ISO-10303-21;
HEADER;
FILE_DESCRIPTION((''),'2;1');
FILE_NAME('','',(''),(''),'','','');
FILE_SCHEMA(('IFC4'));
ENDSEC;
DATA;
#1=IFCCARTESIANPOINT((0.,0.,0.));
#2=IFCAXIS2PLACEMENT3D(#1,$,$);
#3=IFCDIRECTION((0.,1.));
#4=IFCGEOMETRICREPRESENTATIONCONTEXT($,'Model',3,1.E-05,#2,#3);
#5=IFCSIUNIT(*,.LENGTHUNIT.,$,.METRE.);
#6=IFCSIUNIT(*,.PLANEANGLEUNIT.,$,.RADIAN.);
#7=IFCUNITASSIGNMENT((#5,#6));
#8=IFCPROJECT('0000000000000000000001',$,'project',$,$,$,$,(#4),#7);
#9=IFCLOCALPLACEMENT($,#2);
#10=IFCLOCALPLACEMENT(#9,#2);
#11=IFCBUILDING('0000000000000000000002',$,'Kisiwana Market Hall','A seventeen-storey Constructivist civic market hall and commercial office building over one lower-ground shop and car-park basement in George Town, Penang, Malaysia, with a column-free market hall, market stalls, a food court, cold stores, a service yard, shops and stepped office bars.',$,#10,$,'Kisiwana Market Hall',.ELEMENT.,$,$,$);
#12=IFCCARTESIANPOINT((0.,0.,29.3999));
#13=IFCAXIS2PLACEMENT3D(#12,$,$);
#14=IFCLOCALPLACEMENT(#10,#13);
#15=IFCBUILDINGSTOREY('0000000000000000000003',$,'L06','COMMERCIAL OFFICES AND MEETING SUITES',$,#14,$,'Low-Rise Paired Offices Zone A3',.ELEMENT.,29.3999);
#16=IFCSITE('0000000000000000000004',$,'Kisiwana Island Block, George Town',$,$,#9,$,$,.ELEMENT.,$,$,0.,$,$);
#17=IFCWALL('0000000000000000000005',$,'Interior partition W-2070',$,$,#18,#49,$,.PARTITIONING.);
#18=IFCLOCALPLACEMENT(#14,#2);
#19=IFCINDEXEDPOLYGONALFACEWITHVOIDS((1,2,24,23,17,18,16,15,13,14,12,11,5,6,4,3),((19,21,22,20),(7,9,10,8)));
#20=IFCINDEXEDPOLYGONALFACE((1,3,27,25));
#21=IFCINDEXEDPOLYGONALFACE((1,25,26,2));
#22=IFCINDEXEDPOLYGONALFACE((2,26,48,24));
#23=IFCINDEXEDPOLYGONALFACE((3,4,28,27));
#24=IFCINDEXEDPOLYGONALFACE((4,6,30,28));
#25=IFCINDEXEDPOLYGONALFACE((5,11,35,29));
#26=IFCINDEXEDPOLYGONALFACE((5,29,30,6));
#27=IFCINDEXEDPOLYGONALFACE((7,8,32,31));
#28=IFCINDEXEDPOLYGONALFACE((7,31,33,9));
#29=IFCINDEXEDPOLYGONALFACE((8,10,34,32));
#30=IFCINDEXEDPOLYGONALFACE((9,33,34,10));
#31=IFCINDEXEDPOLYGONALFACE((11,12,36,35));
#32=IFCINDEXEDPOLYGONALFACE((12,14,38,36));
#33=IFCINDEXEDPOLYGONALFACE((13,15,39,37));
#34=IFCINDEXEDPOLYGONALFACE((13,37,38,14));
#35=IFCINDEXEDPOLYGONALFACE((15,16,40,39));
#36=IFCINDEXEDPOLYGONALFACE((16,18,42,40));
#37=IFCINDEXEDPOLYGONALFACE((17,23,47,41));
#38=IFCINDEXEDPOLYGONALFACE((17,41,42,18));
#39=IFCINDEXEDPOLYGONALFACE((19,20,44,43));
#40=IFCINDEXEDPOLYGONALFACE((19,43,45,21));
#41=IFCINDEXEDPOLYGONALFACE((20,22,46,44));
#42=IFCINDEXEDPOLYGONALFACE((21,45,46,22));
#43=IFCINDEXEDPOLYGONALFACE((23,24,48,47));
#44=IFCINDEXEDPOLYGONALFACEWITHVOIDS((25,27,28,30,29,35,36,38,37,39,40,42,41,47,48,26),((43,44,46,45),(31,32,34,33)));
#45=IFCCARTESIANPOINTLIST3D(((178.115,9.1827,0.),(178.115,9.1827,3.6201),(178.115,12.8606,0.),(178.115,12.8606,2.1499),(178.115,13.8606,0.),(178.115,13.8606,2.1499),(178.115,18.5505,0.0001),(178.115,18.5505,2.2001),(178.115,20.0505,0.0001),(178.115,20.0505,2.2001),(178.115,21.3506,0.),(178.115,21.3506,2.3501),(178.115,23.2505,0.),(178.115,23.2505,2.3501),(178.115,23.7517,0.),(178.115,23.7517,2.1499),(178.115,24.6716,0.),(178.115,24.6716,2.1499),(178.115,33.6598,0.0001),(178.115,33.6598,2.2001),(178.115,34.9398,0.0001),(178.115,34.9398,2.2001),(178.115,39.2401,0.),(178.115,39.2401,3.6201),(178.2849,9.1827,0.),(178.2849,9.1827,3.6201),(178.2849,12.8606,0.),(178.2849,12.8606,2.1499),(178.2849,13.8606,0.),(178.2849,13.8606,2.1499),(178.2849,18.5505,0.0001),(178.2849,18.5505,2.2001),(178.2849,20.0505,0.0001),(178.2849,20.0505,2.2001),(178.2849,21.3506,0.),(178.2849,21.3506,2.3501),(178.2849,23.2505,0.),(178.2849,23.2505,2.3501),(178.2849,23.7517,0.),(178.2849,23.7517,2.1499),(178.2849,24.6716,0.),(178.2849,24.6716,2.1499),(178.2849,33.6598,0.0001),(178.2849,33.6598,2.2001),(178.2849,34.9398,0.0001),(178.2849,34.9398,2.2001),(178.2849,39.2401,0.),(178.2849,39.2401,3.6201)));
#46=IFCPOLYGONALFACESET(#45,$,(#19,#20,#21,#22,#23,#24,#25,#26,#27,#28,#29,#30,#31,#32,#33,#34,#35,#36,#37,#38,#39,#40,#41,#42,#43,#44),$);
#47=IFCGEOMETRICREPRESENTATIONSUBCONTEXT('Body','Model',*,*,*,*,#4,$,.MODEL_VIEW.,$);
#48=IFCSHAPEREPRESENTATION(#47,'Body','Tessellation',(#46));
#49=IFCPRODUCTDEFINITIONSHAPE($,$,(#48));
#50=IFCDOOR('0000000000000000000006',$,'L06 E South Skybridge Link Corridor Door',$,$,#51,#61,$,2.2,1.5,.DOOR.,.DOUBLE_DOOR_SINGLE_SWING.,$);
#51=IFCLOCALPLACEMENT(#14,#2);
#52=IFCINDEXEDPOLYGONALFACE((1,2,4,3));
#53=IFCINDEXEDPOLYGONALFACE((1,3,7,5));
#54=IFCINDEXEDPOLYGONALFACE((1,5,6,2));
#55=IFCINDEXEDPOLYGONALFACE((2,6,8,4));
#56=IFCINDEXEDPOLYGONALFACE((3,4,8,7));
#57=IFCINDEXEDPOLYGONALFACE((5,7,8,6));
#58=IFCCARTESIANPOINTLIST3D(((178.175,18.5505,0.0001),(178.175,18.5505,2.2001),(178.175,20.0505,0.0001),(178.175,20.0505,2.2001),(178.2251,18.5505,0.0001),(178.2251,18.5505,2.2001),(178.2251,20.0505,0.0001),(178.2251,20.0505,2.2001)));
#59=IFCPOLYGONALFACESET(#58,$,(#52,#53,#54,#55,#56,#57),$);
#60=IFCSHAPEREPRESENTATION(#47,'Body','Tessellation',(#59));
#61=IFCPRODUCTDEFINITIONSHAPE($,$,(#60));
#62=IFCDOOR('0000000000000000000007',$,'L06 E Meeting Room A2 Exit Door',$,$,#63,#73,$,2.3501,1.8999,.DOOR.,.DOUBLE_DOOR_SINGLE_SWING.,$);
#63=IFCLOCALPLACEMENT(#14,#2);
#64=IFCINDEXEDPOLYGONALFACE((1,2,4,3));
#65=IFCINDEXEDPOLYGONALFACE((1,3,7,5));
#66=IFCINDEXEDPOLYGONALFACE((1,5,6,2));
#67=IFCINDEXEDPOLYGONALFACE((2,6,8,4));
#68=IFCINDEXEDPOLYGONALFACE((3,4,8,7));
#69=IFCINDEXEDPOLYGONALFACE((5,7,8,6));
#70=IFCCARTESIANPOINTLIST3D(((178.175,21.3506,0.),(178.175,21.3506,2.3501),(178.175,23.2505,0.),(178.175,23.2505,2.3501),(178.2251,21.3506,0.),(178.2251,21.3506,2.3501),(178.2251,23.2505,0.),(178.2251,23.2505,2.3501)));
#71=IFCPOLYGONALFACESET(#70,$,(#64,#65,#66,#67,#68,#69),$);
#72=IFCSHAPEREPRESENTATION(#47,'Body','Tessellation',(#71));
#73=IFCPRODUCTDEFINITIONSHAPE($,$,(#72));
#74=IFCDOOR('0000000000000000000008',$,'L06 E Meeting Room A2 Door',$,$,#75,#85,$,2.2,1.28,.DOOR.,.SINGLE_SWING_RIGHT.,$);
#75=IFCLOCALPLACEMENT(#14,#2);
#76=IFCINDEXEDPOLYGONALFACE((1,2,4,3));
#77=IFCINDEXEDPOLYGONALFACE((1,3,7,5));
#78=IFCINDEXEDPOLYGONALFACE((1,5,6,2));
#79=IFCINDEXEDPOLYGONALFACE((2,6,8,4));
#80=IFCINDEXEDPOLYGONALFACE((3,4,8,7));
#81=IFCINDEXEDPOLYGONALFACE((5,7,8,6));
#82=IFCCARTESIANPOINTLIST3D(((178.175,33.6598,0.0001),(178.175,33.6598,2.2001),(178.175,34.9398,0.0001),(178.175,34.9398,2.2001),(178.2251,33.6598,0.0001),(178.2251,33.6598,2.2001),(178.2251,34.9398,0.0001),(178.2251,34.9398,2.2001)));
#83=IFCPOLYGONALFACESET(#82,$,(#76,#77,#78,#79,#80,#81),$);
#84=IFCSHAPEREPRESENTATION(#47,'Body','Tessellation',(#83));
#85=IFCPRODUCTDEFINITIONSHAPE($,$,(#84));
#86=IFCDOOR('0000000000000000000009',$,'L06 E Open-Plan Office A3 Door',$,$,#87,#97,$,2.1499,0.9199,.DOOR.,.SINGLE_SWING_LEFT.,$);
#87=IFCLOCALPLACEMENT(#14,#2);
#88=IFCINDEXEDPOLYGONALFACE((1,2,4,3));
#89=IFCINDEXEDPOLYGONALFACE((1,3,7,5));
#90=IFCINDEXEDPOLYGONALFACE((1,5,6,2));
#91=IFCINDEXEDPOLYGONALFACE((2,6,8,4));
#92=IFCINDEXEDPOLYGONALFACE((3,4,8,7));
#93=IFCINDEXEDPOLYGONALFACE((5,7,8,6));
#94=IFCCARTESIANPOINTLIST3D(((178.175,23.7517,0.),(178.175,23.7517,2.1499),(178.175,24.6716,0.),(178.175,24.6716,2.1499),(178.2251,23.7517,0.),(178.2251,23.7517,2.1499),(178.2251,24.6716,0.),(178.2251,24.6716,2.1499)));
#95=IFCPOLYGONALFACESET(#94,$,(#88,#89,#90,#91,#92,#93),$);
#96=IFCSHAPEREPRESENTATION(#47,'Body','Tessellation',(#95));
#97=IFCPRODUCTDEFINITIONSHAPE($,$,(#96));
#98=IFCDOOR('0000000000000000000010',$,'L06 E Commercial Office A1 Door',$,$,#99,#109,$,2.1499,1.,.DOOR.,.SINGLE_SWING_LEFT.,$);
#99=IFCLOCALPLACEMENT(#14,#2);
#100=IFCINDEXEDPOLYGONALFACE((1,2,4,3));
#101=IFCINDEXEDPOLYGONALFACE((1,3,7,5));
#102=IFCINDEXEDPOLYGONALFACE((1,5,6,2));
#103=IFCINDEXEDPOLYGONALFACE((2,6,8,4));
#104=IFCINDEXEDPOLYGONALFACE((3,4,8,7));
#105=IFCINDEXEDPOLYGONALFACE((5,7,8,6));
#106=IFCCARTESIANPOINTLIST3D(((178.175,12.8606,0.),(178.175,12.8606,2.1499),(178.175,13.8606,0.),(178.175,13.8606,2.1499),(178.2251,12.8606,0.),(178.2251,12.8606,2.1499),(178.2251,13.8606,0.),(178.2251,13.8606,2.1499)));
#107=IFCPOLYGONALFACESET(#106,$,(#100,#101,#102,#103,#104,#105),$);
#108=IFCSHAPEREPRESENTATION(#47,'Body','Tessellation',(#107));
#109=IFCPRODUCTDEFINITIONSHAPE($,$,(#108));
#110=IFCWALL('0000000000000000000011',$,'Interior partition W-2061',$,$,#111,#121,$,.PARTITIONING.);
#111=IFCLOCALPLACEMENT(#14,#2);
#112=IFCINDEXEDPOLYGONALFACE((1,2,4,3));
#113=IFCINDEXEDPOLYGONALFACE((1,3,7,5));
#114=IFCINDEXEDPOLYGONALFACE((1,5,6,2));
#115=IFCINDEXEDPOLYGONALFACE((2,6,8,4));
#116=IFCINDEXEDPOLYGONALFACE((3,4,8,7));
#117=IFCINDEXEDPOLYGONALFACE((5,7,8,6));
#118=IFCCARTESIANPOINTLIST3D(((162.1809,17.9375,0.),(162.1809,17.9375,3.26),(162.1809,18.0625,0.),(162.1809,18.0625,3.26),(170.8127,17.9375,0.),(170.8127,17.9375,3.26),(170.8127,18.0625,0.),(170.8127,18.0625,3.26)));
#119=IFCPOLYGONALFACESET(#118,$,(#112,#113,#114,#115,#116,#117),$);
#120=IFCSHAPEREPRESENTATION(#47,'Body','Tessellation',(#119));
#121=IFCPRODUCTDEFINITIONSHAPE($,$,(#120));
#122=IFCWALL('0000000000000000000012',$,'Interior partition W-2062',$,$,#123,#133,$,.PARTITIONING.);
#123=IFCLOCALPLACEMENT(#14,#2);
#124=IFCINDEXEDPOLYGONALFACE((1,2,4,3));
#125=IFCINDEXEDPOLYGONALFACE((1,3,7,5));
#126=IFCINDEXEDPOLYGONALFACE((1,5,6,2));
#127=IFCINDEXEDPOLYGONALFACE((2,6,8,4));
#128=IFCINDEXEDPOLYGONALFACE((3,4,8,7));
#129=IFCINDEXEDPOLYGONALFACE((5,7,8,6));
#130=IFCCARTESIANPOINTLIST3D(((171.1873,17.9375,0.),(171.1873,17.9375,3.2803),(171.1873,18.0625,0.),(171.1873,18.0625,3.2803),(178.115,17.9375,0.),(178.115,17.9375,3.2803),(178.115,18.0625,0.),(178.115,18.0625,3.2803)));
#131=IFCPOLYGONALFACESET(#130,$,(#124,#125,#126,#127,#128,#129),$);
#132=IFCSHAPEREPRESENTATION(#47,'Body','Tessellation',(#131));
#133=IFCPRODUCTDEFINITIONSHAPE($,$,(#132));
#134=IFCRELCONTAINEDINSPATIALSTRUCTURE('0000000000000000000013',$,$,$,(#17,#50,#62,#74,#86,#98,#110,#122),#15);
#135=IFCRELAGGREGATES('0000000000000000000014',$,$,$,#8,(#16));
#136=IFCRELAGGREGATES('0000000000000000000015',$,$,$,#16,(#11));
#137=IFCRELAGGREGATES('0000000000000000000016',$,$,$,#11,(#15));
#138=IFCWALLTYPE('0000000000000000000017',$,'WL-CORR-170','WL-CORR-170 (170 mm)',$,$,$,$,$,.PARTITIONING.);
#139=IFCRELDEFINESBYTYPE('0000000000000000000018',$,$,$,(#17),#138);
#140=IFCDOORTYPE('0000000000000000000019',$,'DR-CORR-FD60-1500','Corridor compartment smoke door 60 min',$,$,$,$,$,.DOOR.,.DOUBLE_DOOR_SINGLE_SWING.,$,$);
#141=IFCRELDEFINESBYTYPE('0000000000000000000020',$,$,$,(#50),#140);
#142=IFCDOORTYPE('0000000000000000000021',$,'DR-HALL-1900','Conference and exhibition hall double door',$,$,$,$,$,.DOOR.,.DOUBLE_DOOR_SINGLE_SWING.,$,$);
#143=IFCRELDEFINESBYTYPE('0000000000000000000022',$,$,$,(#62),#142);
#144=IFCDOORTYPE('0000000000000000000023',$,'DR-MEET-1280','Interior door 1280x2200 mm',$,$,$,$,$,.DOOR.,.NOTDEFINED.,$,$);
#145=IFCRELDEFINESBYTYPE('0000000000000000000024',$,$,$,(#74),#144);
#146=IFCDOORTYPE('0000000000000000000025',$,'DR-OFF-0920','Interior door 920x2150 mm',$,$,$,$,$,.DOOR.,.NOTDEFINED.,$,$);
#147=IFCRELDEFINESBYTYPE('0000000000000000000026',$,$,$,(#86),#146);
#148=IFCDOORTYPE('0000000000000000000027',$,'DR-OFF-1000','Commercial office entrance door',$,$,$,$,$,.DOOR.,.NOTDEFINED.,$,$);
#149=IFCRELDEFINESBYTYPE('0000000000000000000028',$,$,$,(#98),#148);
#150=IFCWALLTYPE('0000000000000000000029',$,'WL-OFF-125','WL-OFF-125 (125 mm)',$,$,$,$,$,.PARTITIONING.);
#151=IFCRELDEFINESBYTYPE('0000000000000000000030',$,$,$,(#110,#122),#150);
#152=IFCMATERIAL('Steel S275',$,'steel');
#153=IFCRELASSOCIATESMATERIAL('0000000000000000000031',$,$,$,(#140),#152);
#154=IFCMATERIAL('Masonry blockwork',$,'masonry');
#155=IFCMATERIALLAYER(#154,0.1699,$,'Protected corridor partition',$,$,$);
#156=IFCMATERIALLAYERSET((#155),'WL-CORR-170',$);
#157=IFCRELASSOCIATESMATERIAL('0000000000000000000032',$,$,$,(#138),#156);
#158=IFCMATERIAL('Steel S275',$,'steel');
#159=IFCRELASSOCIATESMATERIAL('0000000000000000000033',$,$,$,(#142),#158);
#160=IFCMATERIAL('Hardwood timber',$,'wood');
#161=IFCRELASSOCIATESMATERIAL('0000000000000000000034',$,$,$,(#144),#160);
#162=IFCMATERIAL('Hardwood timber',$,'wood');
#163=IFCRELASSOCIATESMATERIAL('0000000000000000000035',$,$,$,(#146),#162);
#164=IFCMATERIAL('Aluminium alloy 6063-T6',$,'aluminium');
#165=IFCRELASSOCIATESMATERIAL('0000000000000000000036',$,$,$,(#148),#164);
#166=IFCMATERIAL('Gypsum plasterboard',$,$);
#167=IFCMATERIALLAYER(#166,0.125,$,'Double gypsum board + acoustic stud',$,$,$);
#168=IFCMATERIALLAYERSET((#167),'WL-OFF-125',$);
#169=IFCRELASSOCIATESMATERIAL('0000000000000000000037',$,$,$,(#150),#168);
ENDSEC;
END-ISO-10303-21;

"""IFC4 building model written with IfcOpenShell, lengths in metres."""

from ifc_helpers import new_model, si_unit, direction, frame, frame_2d, origin, place, context, subcontext, project, spatial, rectangle, extrude, material, layer, layer_set, type_object, element, fill, save


model = new_model("IFC4")

# Units and contexts
model_context = context("Model", 3, precision=1e-05, world=origin(), true_north=direction((0.0, 1.0)))
body_context = subcontext(model_context, "Body", "Model", "MODEL_VIEW")
ifc_project = project(units=[si_unit("LENGTHUNIT", "METRE"), si_unit("PLANEANGLEUNIT", "RADIAN")], contexts=[model_context])

# Site, building, storey
site_placement = place(None, origin())
site = spatial("IfcSite", under=ifc_project, at=site_placement, Name="Kisiwana Island Block, George Town", CompositionType="ELEMENT", RefElevation=0.0)
building_placement = place(site_placement, origin())
building = spatial("IfcBuilding", under=site, at=building_placement, Name="Kisiwana Market Hall", Description="A seventeen-storey Constructivist civic market hall and commercial office building over one lower-ground shop and car-park basement in George Town, Penang, Malaysia, with a column-free market hall, market stalls, a food court, cold stores, a service yard, shops and stepped office bars.", LongName="Kisiwana Market Hall", CompositionType="ELEMENT")
storey_placement = place(building_placement, frame((0.0, 0.0, 29.3999)))
storey = spatial("IfcBuildingStorey", under=building, at=storey_placement, Name="L06", Description="COMMERCIAL OFFICES AND MEETING SUITES", LongName="Low-Rise Paired Offices Zone A3", CompositionType="ELEMENT", Elevation=29.3999)

# Shared definitions
ifc_material_1 = material(Name="Steel S275", Category="steel")
door_type_1 = type_object("IfcDoorType", Name="DR-CORR-FD60-1500", Description="Corridor compartment smoke door 60 min", OperationType="DOUBLE_DOOR_SINGLE_SWING", PredefinedType="DOOR", material=ifc_material_1)
ifc_material_2 = material(Name="Masonry blockwork", Category="masonry")
ifc_layer_1 = layer(ifc_material_2, 0.1699, Name="Protected corridor partition")
ifc_layer_set_1 = layer_set([ifc_layer_1], Name="WL-CORR-170")
wall_type_1 = type_object("IfcWallType", Name="WL-CORR-170", Description="WL-CORR-170 (170 mm)", PredefinedType="PARTITIONING", material=ifc_layer_set_1)

# Wall, openings, doors
wall_1_placement = place(storey_placement, frame((178.2, 9.1826, 0.0), z_axis=(0.0, 0.0, 1.0), x_axis=(0.0, 1.0, 0.0)))
wall_1 = element("IfcWall", 1, at=wall_1_placement, inside=storey, type_object=wall_type_1, Name="Interior partition W-2070", PredefinedType="PARTITIONING", context=body_context, shape_type="SweptSolid", body=[
    extrude(rectangle(XDim=30.0574, YDim=0.1699, at=frame_2d((15.0288, 0.0))), origin(), (0.0, 0.0, 1.0), 3.6201),
])
opening_1_placement = place(wall_1_placement, frame((3.678, 0.0, 0.0)))
opening_1 = element("IfcOpeningElement", 2, at=opening_1_placement, cuts=wall_1, PredefinedType="OPENING", context=body_context, shape_type="SweptSolid", body=[
    extrude(rectangle(XDim=1.0, YDim=2.1499, at=frame_2d((0.5, 1.075))), frame((0.0, 0.0969, 0.0), z_axis=(0.0, -1.0, 0.0), x_axis=(1.0, 0.0, 0.0)), (0.0, 0.0, 1.0), 0.1938),
])
opening_2_placement = place(wall_1_placement, frame((9.3679, 0.0, 0.0)))
opening_2 = element("IfcOpeningElement", 3, at=opening_2_placement, cuts=wall_1, PredefinedType="OPENING", context=body_context, shape_type="SweptSolid", body=[
    extrude(rectangle(XDim=1.5, YDim=2.2, at=frame_2d((0.75, 1.1001))), frame((0.0, 0.0969, 0.0), z_axis=(0.0, -1.0, 0.0), x_axis=(1.0, 0.0, 0.0)), (0.0, 0.0, 1.0), 0.1938),
])
opening_3_placement = place(wall_1_placement, frame((24.4771, 0.0, 0.0)))
opening_3 = element("IfcOpeningElement", 4, at=opening_3_placement, cuts=wall_1, PredefinedType="OPENING", context=body_context, shape_type="SweptSolid", body=[
    extrude(rectangle(XDim=1.28, YDim=2.2, at=frame_2d((0.6401, 1.1001))), frame((0.0, 0.0969, 0.0), z_axis=(0.0, -1.0, 0.0), x_axis=(1.0, 0.0, 0.0)), (0.0, 0.0, 1.0), 0.1938),
])
opening_4_placement = place(wall_1_placement, frame((14.5691, 0.0, 0.0)))
opening_4 = element("IfcOpeningElement", 5, at=opening_4_placement, cuts=wall_1, PredefinedType="OPENING", context=body_context, shape_type="SweptSolid", body=[
    extrude(rectangle(XDim=0.9199, YDim=2.1499, at=frame_2d((0.46, 1.075))), frame((0.0, 0.0969, 0.0), z_axis=(0.0, -1.0, 0.0), x_axis=(1.0, 0.0, 0.0)), (0.0, 0.0, 1.0), 0.1938),
])
opening_5_placement = place(wall_1_placement, frame((12.168, 0.0, 0.0)))
opening_5 = element("IfcOpeningElement", 6, at=opening_5_placement, cuts=wall_1, PredefinedType="OPENING", context=body_context, shape_type="SweptSolid", body=[
    extrude(rectangle(XDim=1.8999, YDim=2.3501, at=frame_2d((0.95, 1.175))), frame((0.0, 0.0969, 0.0), z_axis=(0.0, -1.0, 0.0), x_axis=(1.0, 0.0, 0.0)), (0.0, 0.0, 1.0), 0.1938),
])
door_1_placement = place(opening_2_placement, origin())
door_1 = element("IfcDoor", 7, at=door_1_placement, inside=storey, type_object=door_type_1, Name="L06 E South Skybridge Link Corridor Door", OperationType="DOUBLE_DOOR_SINGLE_SWING", OverallHeight=2.2, OverallWidth=1.5, PredefinedType="DOOR", context=body_context, shape_type="SweptSolid", body=[
    extrude(rectangle(XDim=1.5, YDim=2.2, at=frame_2d((0.75, 1.1001))), frame((0.0, 0.0249, 0.0), z_axis=(0.0, -1.0, 0.0), x_axis=(1.0, 0.0, 0.0)), (0.0, 0.0, 1.0), 0.05),
])
fill(opening_2, door_1)
ifc_material_3 = material(Name="Steel S275", Category="steel")
door_type_2 = type_object("IfcDoorType", Name="DR-HALL-1900", Description="Conference and exhibition hall double door", OperationType="DOUBLE_DOOR_SINGLE_SWING", PredefinedType="DOOR", material=ifc_material_3)
door_2_placement = place(opening_5_placement, origin())
door_2 = element("IfcDoor", 8, at=door_2_placement, inside=storey, type_object=door_type_2, Name="L06 E Meeting Room A2 Exit Door", OperationType="DOUBLE_DOOR_SINGLE_SWING", OverallHeight=2.3501, OverallWidth=1.8999, PredefinedType="DOOR", context=body_context, shape_type="SweptSolid", body=[
    extrude(rectangle(XDim=1.8999, YDim=2.3501, at=frame_2d((0.95, 1.175))), frame((0.0, 0.0249, 0.0), z_axis=(0.0, -1.0, 0.0), x_axis=(1.0, 0.0, 0.0)), (0.0, 0.0, 1.0), 0.05),
])
fill(opening_5, door_2)
ifc_material_4 = material(Name="Hardwood timber", Category="wood")
door_type_3 = type_object("IfcDoorType", Name="DR-MEET-1280", Description="Interior door 1280x2200 mm", OperationType="NOTDEFINED", PredefinedType="DOOR", material=ifc_material_4)
door_3_placement = place(opening_3_placement, origin())
door_3 = element("IfcDoor", 9, at=door_3_placement, inside=storey, type_object=door_type_3, Name="L06 E Meeting Room A2 Door", OperationType="SINGLE_SWING_RIGHT", OverallHeight=2.2, OverallWidth=1.28, PredefinedType="DOOR", context=body_context, shape_type="SweptSolid", body=[
    extrude(rectangle(XDim=1.28, YDim=2.2, at=frame_2d((0.6401, 1.1001))), frame((0.0, 0.0249, 0.0), z_axis=(0.0, -1.0, 0.0), x_axis=(1.0, 0.0, 0.0)), (0.0, 0.0, 1.0), 0.05),
])
fill(opening_3, door_3)
ifc_material_5 = material(Name="Hardwood timber", Category="wood")
door_type_4 = type_object("IfcDoorType", Name="DR-OFF-0920", Description="Interior door 920x2150 mm", OperationType="NOTDEFINED", PredefinedType="DOOR", material=ifc_material_5)
door_4_placement = place(opening_4_placement, origin())
door_4 = element("IfcDoor", 10, at=door_4_placement, inside=storey, type_object=door_type_4, Name="L06 E Open-Plan Office A3 Door", OperationType="SINGLE_SWING_LEFT", OverallHeight=2.1499, OverallWidth=0.9199, PredefinedType="DOOR", context=body_context, shape_type="SweptSolid", body=[
    extrude(rectangle(XDim=0.9199, YDim=2.1499, at=frame_2d((0.46, 1.075))), frame((0.0, 0.0249, 0.0), z_axis=(0.0, -1.0, 0.0), x_axis=(1.0, 0.0, 0.0)), (0.0, 0.0, 1.0), 0.05),
])
fill(opening_4, door_4)
ifc_material_6 = material(Name="Aluminium alloy 6063-T6", Category="aluminium")
door_type_5 = type_object("IfcDoorType", Name="DR-OFF-1000", Description="Commercial office entrance door", OperationType="NOTDEFINED", PredefinedType="DOOR", material=ifc_material_6)
door_5_placement = place(opening_1_placement, origin())
door_5 = element("IfcDoor", 11, at=door_5_placement, inside=storey, type_object=door_type_5, Name="L06 E Commercial Office A1 Door", OperationType="SINGLE_SWING_LEFT", OverallHeight=2.1499, OverallWidth=1.0, PredefinedType="DOOR", context=body_context, shape_type="SweptSolid", body=[
    extrude(rectangle(XDim=1.0, YDim=2.1499, at=frame_2d((0.5, 1.075))), frame((0.0, 0.0249, 0.0), z_axis=(0.0, -1.0, 0.0), x_axis=(1.0, 0.0, 0.0)), (0.0, 0.0, 1.0), 0.05),
])
fill(opening_1, door_5)

# Walls
ifc_material_7 = material(Name="Gypsum plasterboard")
ifc_layer_2 = layer(ifc_material_7, 0.125, Name="Double gypsum board + acoustic stud")
ifc_layer_set_2 = layer_set([ifc_layer_2], Name="WL-OFF-125")
wall_type_2 = type_object("IfcWallType", Name="WL-OFF-125", Description="WL-OFF-125 (125 mm)", PredefinedType="PARTITIONING", material=ifc_layer_set_2)
wall_2_placement = place(storey_placement, frame((162.1809, 18.0, 0.0), z_axis=(0.0, 0.0, 1.0), x_axis=(1.0, 0.0, 0.0)))
element("IfcWall", 12, at=wall_2_placement, inside=storey, type_object=wall_type_2, Name="Interior partition W-2061", PredefinedType="PARTITIONING", context=body_context, shape_type="SweptSolid", body=[
    extrude(rectangle(XDim=8.6318, YDim=0.125, at=frame_2d((4.3159, 0.0))), origin(), (0.0, 0.0, 1.0), 3.26),
])
wall_3_placement = place(storey_placement, frame((171.1873, 18.0, 0.0), z_axis=(0.0, 0.0, 1.0), x_axis=(1.0, 0.0, 0.0)))
element("IfcWall", 13, at=wall_3_placement, inside=storey, type_object=wall_type_2, Name="Interior partition W-2062", PredefinedType="PARTITIONING", context=body_context, shape_type="SweptSolid", body=[
    extrude(rectangle(XDim=6.9277, YDim=0.125, at=frame_2d((3.4639, 0.0))), origin(), (0.0, 0.0, 1.0), 3.2803),
])

save(model, "model.ifc")
